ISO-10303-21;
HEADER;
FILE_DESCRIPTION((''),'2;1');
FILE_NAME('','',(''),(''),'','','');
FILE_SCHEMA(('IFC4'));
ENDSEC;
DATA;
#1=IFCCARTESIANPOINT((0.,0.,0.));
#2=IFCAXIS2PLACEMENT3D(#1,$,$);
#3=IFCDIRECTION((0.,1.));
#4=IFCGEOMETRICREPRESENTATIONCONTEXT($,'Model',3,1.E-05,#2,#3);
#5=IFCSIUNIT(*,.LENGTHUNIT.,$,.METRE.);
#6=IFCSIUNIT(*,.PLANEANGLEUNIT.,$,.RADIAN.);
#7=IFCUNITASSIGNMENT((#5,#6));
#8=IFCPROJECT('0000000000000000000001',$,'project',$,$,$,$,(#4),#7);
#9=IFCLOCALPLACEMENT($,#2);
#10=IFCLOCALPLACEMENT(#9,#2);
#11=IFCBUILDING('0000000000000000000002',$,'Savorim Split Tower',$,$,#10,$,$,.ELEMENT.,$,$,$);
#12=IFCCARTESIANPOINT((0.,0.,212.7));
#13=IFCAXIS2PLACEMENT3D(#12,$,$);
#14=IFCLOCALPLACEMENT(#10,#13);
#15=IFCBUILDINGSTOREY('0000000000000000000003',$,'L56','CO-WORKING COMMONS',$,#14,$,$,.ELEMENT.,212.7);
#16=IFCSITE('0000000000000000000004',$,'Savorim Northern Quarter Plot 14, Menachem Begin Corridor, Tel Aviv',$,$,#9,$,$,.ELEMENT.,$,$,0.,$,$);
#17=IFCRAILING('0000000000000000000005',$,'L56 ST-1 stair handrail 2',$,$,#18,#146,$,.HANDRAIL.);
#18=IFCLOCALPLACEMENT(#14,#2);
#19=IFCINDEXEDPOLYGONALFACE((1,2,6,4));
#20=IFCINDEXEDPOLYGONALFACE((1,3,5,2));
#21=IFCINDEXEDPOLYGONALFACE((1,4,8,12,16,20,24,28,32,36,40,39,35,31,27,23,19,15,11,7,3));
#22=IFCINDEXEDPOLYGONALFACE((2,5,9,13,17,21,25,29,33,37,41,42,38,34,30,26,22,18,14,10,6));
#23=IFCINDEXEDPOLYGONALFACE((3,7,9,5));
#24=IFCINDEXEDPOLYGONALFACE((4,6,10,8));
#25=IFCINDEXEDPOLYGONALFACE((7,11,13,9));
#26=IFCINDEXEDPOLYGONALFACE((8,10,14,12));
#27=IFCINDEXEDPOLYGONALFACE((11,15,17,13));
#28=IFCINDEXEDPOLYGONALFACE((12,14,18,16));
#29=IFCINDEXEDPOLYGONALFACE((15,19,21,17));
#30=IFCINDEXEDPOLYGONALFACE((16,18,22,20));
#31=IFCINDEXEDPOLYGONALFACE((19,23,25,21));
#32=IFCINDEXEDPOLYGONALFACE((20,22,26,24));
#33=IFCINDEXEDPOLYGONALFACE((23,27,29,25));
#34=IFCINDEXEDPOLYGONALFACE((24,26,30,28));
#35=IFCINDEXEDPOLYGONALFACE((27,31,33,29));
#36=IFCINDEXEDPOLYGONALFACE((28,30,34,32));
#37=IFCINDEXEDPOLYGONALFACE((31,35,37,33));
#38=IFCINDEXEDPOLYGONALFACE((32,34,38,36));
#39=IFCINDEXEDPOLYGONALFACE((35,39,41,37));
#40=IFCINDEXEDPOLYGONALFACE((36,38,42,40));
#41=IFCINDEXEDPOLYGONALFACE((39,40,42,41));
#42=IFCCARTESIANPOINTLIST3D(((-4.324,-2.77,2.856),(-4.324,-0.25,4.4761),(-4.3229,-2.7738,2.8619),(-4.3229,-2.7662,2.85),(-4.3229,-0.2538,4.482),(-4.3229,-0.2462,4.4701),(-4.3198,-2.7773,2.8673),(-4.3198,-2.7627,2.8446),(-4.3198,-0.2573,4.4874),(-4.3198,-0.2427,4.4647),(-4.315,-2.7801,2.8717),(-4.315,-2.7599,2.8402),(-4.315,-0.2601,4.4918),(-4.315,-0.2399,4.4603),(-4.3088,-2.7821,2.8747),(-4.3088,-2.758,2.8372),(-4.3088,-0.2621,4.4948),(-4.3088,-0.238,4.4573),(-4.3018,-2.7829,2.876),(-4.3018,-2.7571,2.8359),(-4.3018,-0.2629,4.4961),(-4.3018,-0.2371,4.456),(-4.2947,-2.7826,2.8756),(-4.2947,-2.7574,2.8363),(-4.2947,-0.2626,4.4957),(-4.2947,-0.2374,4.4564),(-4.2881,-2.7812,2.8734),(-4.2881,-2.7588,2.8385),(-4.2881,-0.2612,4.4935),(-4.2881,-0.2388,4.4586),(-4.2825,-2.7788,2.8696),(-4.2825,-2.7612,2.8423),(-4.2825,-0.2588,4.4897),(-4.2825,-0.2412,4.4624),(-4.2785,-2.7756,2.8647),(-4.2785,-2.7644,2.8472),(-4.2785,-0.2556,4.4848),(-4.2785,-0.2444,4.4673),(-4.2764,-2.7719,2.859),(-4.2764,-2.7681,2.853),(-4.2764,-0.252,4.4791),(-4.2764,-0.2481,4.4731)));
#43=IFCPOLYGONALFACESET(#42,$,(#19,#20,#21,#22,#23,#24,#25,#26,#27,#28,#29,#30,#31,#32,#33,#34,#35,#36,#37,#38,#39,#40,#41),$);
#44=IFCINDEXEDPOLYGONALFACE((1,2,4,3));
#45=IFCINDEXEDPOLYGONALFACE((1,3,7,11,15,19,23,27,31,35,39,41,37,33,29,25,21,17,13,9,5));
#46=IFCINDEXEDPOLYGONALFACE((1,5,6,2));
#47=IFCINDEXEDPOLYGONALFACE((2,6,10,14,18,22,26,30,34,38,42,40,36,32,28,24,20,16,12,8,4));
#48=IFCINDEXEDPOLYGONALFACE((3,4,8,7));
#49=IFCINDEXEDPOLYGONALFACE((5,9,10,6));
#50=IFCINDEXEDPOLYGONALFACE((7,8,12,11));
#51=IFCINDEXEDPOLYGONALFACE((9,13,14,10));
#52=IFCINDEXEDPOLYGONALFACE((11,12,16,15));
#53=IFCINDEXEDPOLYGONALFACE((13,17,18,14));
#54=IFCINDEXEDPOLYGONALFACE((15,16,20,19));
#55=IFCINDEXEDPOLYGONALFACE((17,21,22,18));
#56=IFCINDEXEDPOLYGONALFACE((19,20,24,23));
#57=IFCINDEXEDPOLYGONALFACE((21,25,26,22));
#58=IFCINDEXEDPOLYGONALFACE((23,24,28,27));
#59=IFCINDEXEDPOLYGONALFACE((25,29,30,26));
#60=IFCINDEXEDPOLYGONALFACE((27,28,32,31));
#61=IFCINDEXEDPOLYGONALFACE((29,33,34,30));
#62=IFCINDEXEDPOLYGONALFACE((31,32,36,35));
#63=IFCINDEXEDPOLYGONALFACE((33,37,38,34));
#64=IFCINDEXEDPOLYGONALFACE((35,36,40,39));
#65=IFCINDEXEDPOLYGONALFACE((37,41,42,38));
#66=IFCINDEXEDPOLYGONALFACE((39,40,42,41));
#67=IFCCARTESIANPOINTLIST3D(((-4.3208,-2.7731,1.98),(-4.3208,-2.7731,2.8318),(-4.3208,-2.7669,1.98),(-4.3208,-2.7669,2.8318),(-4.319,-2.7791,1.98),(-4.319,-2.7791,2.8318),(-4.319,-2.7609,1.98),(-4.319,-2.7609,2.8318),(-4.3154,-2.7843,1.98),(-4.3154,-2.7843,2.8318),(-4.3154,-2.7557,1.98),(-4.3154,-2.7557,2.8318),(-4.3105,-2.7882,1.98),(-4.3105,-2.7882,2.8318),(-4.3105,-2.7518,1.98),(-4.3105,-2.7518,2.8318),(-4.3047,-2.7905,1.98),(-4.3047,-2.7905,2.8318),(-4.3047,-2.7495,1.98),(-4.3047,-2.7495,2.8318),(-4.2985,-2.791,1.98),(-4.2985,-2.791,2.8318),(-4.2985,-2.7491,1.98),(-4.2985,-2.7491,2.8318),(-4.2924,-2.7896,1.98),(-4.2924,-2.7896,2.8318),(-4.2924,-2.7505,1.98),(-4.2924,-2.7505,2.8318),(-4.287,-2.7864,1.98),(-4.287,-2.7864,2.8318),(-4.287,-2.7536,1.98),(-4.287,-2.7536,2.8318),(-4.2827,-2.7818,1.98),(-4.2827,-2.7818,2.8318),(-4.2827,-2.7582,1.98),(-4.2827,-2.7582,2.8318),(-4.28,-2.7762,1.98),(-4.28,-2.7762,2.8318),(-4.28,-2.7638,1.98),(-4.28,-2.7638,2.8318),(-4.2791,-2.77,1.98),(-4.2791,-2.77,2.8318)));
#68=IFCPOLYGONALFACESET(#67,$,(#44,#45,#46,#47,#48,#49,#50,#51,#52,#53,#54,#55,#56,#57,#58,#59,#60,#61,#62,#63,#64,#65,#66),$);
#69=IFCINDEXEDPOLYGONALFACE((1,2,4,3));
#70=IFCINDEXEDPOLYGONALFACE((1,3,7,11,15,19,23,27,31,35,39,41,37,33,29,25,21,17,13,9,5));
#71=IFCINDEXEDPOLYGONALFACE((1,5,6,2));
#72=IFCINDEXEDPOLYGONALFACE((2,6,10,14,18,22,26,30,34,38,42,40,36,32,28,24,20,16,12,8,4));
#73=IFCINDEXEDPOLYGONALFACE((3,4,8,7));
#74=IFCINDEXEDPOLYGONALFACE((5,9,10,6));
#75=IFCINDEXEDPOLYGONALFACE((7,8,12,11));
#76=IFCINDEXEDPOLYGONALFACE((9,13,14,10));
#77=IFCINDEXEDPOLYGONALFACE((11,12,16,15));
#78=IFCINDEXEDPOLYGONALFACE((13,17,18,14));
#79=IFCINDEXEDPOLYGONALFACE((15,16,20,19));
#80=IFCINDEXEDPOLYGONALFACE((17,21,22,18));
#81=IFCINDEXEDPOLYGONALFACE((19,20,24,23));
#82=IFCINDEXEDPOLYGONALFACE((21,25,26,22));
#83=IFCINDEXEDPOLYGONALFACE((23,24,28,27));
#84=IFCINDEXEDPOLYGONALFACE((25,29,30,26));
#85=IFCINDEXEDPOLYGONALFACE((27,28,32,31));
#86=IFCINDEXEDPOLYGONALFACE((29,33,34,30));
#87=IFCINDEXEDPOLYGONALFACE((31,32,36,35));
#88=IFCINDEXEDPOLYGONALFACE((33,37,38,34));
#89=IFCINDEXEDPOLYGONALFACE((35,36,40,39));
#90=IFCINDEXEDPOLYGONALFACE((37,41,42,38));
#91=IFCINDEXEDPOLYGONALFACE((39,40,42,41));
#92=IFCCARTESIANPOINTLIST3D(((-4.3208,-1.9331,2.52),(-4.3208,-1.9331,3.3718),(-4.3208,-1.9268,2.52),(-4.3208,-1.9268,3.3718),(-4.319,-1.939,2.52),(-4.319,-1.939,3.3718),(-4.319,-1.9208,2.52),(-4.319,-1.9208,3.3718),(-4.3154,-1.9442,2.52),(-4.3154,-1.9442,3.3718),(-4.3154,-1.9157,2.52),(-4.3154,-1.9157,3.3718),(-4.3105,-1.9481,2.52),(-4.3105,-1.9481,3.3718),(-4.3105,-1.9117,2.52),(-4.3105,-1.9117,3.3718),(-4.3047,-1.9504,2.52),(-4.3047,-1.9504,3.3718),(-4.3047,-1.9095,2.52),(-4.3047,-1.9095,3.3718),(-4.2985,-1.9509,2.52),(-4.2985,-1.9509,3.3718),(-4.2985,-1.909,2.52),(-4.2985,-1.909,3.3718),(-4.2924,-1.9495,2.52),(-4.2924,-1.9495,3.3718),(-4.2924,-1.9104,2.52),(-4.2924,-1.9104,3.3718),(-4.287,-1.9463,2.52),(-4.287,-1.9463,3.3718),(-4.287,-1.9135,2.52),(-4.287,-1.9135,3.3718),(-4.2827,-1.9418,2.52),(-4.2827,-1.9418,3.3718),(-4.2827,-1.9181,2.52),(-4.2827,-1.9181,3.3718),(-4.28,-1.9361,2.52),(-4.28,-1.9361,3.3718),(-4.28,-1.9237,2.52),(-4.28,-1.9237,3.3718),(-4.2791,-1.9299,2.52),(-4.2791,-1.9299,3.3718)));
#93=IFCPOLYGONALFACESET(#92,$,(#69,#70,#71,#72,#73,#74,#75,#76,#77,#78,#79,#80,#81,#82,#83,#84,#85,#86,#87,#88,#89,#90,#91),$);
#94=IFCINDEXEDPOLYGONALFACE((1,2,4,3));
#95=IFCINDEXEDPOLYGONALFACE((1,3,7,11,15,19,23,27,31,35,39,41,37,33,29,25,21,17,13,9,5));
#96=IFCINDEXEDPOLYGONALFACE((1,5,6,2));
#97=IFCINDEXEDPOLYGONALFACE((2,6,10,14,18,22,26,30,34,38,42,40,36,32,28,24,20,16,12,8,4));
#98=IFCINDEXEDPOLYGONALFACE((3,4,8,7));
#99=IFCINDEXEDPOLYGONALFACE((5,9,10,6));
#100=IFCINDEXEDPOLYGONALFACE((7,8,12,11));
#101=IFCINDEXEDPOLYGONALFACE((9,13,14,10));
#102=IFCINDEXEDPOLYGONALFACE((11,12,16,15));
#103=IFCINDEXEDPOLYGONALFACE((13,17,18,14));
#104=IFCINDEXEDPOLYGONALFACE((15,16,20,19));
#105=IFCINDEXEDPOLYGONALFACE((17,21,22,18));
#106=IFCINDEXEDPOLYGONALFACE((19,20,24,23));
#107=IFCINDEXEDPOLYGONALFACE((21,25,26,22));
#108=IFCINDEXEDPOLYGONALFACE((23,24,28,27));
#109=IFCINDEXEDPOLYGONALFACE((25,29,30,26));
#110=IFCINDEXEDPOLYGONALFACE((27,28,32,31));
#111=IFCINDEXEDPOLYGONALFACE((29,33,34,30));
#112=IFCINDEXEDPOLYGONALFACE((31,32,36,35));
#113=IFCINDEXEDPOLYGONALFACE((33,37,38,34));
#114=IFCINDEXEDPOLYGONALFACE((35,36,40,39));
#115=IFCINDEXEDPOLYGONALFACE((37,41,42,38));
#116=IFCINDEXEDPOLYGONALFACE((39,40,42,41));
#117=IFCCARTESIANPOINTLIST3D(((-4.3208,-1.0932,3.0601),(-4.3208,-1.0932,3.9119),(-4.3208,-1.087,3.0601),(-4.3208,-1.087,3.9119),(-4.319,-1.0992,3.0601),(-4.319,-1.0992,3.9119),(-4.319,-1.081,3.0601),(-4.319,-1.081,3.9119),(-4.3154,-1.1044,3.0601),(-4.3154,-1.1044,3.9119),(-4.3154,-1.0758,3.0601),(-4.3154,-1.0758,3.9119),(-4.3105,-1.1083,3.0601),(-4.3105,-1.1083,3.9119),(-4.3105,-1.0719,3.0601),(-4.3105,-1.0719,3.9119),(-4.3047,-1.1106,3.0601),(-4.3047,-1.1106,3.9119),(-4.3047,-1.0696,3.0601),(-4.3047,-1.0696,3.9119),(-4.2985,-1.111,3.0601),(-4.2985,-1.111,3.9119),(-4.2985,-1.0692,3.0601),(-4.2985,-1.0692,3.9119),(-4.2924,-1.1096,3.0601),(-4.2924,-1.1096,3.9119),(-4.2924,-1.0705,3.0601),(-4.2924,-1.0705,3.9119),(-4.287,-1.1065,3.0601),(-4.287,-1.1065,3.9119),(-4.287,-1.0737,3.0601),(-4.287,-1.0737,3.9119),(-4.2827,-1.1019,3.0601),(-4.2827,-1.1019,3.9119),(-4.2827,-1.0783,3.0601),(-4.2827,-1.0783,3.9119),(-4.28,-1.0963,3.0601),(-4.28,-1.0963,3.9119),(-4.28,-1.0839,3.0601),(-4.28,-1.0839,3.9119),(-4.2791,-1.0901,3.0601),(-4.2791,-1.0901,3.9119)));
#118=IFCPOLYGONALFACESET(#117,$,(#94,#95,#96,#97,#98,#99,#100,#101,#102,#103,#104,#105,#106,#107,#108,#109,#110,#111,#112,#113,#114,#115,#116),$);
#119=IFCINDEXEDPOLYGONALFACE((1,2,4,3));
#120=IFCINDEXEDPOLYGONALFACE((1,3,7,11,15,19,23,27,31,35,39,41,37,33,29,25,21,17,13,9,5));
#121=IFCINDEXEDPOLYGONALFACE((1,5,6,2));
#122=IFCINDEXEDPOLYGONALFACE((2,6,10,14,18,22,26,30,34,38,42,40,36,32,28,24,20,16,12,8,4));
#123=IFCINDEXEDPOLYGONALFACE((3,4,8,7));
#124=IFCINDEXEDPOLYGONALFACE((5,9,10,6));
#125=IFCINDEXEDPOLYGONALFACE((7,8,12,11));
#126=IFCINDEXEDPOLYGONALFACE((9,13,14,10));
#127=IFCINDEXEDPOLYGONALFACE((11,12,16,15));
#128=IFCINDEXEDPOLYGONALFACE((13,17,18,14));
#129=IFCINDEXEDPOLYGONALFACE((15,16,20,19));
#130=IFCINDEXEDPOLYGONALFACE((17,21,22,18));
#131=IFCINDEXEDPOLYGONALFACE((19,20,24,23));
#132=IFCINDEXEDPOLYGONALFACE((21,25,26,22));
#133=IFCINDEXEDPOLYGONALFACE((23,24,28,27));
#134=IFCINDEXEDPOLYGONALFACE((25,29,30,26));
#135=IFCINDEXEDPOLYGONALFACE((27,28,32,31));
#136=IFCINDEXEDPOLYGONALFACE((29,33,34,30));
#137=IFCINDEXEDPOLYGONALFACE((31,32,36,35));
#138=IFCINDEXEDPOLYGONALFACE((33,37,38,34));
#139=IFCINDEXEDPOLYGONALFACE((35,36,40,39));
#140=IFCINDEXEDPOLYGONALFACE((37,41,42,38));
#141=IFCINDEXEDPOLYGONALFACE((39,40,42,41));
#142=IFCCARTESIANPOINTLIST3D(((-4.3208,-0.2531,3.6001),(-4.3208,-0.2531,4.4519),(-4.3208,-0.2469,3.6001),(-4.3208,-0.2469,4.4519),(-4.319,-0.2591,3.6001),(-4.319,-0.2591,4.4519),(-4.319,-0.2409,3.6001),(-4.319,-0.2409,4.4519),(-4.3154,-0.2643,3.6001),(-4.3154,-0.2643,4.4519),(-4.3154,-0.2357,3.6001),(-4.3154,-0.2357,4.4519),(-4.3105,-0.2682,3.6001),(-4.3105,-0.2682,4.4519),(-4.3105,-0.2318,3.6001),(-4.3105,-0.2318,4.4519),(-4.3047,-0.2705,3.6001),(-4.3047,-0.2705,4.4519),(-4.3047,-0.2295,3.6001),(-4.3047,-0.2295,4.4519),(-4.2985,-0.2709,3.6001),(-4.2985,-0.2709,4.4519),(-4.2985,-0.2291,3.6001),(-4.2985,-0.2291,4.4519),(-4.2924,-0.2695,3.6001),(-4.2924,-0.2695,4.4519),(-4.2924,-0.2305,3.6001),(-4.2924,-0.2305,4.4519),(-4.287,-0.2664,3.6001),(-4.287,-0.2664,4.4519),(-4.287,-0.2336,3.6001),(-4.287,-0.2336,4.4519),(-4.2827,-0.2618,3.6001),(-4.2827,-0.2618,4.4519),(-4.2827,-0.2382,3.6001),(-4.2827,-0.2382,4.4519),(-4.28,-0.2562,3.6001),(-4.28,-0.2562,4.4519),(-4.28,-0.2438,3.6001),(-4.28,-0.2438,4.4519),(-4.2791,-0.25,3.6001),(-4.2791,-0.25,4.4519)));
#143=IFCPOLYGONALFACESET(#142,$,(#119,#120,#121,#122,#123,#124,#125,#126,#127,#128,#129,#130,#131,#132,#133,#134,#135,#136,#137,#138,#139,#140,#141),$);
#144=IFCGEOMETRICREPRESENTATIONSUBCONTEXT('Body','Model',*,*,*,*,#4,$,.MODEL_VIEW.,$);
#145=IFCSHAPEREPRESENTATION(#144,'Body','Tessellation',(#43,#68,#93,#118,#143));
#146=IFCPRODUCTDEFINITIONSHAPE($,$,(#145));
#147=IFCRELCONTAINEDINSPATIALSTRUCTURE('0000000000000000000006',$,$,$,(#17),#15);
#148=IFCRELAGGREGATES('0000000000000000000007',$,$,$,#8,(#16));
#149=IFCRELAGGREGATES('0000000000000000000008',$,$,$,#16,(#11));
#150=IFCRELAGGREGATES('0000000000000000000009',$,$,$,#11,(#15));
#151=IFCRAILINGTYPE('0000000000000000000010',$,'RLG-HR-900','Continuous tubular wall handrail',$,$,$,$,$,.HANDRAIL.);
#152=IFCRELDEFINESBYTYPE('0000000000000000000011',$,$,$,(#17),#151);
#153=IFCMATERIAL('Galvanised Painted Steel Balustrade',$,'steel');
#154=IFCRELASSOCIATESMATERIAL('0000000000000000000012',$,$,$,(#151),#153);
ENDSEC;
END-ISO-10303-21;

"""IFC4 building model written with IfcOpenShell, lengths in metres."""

from ifc_helpers import new_model, si_unit, direction, frame, origin, origin_2d, place, context, subcontext, project, spatial, circle, extrude, material, type_object, element, save


model = new_model("IFC4")

# Units and contexts
model_context = context("Model", 3, precision=1e-05, world=origin(), true_north=direction((0.0, 1.0)))
body_context = subcontext(model_context, "Body", "Model", "MODEL_VIEW")
ifc_project = project(units=[si_unit("LENGTHUNIT", "METRE"), si_unit("PLANEANGLEUNIT", "RADIAN")], contexts=[model_context])

# Site, building, storey
site_placement = place(None, origin())
site = spatial("IfcSite", under=ifc_project, at=site_placement, Name="Savorim Northern Quarter Plot 14, Menachem Begin Corridor, Tel Aviv", CompositionType="ELEMENT", RefElevation=0.0)
building_placement = place(site_placement, origin())
building = spatial("IfcBuilding", under=site, at=building_placement, Name="Savorim Split Tower", CompositionType="ELEMENT")
storey_placement = place(building_placement, frame((0.0, 0.0, 212.7)))
storey = spatial("IfcBuildingStorey", under=building, at=storey_placement, Name="L56", Description="CO-WORKING COMMONS", CompositionType="ELEMENT", Elevation=212.7)

# Railing
ifc_material_1 = material(Name="Galvanised Painted Steel Balustrade", Category="steel")
railing_type_1 = type_object("IfcRailingType", Name="RLG-HR-900", Description="Continuous tubular wall handrail", PredefinedType="HANDRAIL", material=ifc_material_1)
railing_1_placement = place(storey_placement, frame((-4.3, -2.77, 1.98)))
element("IfcRailing", 1, at=railing_1_placement, inside=storey, type_object=railing_type_1, Name="L56 ST-1 stair handrail 2", PredefinedType="HANDRAIL", context=body_context, shape_type="SweptSolid", body=[
    extrude(circle(Radius=0.0239, at=origin_2d()), frame((0.0, 0.0, 0.876), z_axis=(0.0, 0.841163, 0.540782), x_axis=(-1.0, 0.0, 0.0)), (0.0, 0.0, 1.0), 2.9958),
    extrude(circle(Radius=0.021, at=origin_2d()), origin(), (0.0, 0.0, 1.0), 0.8518),
    extrude(circle(Radius=0.021, at=origin_2d()), frame((0.0, 0.8401, 0.54)), (0.0, 0.0, 1.0), 0.8518),
    extrude(circle(Radius=0.021, at=origin_2d()), frame((0.0, 1.6799, 1.0801)), (0.0, 0.0, 1.0), 0.8518),
    extrude(circle(Radius=0.021, at=origin_2d()), frame((0.0, 2.52, 1.6201)), (0.0, 0.0, 1.0), 0.8518),
])

save(model, "model.ifc")
